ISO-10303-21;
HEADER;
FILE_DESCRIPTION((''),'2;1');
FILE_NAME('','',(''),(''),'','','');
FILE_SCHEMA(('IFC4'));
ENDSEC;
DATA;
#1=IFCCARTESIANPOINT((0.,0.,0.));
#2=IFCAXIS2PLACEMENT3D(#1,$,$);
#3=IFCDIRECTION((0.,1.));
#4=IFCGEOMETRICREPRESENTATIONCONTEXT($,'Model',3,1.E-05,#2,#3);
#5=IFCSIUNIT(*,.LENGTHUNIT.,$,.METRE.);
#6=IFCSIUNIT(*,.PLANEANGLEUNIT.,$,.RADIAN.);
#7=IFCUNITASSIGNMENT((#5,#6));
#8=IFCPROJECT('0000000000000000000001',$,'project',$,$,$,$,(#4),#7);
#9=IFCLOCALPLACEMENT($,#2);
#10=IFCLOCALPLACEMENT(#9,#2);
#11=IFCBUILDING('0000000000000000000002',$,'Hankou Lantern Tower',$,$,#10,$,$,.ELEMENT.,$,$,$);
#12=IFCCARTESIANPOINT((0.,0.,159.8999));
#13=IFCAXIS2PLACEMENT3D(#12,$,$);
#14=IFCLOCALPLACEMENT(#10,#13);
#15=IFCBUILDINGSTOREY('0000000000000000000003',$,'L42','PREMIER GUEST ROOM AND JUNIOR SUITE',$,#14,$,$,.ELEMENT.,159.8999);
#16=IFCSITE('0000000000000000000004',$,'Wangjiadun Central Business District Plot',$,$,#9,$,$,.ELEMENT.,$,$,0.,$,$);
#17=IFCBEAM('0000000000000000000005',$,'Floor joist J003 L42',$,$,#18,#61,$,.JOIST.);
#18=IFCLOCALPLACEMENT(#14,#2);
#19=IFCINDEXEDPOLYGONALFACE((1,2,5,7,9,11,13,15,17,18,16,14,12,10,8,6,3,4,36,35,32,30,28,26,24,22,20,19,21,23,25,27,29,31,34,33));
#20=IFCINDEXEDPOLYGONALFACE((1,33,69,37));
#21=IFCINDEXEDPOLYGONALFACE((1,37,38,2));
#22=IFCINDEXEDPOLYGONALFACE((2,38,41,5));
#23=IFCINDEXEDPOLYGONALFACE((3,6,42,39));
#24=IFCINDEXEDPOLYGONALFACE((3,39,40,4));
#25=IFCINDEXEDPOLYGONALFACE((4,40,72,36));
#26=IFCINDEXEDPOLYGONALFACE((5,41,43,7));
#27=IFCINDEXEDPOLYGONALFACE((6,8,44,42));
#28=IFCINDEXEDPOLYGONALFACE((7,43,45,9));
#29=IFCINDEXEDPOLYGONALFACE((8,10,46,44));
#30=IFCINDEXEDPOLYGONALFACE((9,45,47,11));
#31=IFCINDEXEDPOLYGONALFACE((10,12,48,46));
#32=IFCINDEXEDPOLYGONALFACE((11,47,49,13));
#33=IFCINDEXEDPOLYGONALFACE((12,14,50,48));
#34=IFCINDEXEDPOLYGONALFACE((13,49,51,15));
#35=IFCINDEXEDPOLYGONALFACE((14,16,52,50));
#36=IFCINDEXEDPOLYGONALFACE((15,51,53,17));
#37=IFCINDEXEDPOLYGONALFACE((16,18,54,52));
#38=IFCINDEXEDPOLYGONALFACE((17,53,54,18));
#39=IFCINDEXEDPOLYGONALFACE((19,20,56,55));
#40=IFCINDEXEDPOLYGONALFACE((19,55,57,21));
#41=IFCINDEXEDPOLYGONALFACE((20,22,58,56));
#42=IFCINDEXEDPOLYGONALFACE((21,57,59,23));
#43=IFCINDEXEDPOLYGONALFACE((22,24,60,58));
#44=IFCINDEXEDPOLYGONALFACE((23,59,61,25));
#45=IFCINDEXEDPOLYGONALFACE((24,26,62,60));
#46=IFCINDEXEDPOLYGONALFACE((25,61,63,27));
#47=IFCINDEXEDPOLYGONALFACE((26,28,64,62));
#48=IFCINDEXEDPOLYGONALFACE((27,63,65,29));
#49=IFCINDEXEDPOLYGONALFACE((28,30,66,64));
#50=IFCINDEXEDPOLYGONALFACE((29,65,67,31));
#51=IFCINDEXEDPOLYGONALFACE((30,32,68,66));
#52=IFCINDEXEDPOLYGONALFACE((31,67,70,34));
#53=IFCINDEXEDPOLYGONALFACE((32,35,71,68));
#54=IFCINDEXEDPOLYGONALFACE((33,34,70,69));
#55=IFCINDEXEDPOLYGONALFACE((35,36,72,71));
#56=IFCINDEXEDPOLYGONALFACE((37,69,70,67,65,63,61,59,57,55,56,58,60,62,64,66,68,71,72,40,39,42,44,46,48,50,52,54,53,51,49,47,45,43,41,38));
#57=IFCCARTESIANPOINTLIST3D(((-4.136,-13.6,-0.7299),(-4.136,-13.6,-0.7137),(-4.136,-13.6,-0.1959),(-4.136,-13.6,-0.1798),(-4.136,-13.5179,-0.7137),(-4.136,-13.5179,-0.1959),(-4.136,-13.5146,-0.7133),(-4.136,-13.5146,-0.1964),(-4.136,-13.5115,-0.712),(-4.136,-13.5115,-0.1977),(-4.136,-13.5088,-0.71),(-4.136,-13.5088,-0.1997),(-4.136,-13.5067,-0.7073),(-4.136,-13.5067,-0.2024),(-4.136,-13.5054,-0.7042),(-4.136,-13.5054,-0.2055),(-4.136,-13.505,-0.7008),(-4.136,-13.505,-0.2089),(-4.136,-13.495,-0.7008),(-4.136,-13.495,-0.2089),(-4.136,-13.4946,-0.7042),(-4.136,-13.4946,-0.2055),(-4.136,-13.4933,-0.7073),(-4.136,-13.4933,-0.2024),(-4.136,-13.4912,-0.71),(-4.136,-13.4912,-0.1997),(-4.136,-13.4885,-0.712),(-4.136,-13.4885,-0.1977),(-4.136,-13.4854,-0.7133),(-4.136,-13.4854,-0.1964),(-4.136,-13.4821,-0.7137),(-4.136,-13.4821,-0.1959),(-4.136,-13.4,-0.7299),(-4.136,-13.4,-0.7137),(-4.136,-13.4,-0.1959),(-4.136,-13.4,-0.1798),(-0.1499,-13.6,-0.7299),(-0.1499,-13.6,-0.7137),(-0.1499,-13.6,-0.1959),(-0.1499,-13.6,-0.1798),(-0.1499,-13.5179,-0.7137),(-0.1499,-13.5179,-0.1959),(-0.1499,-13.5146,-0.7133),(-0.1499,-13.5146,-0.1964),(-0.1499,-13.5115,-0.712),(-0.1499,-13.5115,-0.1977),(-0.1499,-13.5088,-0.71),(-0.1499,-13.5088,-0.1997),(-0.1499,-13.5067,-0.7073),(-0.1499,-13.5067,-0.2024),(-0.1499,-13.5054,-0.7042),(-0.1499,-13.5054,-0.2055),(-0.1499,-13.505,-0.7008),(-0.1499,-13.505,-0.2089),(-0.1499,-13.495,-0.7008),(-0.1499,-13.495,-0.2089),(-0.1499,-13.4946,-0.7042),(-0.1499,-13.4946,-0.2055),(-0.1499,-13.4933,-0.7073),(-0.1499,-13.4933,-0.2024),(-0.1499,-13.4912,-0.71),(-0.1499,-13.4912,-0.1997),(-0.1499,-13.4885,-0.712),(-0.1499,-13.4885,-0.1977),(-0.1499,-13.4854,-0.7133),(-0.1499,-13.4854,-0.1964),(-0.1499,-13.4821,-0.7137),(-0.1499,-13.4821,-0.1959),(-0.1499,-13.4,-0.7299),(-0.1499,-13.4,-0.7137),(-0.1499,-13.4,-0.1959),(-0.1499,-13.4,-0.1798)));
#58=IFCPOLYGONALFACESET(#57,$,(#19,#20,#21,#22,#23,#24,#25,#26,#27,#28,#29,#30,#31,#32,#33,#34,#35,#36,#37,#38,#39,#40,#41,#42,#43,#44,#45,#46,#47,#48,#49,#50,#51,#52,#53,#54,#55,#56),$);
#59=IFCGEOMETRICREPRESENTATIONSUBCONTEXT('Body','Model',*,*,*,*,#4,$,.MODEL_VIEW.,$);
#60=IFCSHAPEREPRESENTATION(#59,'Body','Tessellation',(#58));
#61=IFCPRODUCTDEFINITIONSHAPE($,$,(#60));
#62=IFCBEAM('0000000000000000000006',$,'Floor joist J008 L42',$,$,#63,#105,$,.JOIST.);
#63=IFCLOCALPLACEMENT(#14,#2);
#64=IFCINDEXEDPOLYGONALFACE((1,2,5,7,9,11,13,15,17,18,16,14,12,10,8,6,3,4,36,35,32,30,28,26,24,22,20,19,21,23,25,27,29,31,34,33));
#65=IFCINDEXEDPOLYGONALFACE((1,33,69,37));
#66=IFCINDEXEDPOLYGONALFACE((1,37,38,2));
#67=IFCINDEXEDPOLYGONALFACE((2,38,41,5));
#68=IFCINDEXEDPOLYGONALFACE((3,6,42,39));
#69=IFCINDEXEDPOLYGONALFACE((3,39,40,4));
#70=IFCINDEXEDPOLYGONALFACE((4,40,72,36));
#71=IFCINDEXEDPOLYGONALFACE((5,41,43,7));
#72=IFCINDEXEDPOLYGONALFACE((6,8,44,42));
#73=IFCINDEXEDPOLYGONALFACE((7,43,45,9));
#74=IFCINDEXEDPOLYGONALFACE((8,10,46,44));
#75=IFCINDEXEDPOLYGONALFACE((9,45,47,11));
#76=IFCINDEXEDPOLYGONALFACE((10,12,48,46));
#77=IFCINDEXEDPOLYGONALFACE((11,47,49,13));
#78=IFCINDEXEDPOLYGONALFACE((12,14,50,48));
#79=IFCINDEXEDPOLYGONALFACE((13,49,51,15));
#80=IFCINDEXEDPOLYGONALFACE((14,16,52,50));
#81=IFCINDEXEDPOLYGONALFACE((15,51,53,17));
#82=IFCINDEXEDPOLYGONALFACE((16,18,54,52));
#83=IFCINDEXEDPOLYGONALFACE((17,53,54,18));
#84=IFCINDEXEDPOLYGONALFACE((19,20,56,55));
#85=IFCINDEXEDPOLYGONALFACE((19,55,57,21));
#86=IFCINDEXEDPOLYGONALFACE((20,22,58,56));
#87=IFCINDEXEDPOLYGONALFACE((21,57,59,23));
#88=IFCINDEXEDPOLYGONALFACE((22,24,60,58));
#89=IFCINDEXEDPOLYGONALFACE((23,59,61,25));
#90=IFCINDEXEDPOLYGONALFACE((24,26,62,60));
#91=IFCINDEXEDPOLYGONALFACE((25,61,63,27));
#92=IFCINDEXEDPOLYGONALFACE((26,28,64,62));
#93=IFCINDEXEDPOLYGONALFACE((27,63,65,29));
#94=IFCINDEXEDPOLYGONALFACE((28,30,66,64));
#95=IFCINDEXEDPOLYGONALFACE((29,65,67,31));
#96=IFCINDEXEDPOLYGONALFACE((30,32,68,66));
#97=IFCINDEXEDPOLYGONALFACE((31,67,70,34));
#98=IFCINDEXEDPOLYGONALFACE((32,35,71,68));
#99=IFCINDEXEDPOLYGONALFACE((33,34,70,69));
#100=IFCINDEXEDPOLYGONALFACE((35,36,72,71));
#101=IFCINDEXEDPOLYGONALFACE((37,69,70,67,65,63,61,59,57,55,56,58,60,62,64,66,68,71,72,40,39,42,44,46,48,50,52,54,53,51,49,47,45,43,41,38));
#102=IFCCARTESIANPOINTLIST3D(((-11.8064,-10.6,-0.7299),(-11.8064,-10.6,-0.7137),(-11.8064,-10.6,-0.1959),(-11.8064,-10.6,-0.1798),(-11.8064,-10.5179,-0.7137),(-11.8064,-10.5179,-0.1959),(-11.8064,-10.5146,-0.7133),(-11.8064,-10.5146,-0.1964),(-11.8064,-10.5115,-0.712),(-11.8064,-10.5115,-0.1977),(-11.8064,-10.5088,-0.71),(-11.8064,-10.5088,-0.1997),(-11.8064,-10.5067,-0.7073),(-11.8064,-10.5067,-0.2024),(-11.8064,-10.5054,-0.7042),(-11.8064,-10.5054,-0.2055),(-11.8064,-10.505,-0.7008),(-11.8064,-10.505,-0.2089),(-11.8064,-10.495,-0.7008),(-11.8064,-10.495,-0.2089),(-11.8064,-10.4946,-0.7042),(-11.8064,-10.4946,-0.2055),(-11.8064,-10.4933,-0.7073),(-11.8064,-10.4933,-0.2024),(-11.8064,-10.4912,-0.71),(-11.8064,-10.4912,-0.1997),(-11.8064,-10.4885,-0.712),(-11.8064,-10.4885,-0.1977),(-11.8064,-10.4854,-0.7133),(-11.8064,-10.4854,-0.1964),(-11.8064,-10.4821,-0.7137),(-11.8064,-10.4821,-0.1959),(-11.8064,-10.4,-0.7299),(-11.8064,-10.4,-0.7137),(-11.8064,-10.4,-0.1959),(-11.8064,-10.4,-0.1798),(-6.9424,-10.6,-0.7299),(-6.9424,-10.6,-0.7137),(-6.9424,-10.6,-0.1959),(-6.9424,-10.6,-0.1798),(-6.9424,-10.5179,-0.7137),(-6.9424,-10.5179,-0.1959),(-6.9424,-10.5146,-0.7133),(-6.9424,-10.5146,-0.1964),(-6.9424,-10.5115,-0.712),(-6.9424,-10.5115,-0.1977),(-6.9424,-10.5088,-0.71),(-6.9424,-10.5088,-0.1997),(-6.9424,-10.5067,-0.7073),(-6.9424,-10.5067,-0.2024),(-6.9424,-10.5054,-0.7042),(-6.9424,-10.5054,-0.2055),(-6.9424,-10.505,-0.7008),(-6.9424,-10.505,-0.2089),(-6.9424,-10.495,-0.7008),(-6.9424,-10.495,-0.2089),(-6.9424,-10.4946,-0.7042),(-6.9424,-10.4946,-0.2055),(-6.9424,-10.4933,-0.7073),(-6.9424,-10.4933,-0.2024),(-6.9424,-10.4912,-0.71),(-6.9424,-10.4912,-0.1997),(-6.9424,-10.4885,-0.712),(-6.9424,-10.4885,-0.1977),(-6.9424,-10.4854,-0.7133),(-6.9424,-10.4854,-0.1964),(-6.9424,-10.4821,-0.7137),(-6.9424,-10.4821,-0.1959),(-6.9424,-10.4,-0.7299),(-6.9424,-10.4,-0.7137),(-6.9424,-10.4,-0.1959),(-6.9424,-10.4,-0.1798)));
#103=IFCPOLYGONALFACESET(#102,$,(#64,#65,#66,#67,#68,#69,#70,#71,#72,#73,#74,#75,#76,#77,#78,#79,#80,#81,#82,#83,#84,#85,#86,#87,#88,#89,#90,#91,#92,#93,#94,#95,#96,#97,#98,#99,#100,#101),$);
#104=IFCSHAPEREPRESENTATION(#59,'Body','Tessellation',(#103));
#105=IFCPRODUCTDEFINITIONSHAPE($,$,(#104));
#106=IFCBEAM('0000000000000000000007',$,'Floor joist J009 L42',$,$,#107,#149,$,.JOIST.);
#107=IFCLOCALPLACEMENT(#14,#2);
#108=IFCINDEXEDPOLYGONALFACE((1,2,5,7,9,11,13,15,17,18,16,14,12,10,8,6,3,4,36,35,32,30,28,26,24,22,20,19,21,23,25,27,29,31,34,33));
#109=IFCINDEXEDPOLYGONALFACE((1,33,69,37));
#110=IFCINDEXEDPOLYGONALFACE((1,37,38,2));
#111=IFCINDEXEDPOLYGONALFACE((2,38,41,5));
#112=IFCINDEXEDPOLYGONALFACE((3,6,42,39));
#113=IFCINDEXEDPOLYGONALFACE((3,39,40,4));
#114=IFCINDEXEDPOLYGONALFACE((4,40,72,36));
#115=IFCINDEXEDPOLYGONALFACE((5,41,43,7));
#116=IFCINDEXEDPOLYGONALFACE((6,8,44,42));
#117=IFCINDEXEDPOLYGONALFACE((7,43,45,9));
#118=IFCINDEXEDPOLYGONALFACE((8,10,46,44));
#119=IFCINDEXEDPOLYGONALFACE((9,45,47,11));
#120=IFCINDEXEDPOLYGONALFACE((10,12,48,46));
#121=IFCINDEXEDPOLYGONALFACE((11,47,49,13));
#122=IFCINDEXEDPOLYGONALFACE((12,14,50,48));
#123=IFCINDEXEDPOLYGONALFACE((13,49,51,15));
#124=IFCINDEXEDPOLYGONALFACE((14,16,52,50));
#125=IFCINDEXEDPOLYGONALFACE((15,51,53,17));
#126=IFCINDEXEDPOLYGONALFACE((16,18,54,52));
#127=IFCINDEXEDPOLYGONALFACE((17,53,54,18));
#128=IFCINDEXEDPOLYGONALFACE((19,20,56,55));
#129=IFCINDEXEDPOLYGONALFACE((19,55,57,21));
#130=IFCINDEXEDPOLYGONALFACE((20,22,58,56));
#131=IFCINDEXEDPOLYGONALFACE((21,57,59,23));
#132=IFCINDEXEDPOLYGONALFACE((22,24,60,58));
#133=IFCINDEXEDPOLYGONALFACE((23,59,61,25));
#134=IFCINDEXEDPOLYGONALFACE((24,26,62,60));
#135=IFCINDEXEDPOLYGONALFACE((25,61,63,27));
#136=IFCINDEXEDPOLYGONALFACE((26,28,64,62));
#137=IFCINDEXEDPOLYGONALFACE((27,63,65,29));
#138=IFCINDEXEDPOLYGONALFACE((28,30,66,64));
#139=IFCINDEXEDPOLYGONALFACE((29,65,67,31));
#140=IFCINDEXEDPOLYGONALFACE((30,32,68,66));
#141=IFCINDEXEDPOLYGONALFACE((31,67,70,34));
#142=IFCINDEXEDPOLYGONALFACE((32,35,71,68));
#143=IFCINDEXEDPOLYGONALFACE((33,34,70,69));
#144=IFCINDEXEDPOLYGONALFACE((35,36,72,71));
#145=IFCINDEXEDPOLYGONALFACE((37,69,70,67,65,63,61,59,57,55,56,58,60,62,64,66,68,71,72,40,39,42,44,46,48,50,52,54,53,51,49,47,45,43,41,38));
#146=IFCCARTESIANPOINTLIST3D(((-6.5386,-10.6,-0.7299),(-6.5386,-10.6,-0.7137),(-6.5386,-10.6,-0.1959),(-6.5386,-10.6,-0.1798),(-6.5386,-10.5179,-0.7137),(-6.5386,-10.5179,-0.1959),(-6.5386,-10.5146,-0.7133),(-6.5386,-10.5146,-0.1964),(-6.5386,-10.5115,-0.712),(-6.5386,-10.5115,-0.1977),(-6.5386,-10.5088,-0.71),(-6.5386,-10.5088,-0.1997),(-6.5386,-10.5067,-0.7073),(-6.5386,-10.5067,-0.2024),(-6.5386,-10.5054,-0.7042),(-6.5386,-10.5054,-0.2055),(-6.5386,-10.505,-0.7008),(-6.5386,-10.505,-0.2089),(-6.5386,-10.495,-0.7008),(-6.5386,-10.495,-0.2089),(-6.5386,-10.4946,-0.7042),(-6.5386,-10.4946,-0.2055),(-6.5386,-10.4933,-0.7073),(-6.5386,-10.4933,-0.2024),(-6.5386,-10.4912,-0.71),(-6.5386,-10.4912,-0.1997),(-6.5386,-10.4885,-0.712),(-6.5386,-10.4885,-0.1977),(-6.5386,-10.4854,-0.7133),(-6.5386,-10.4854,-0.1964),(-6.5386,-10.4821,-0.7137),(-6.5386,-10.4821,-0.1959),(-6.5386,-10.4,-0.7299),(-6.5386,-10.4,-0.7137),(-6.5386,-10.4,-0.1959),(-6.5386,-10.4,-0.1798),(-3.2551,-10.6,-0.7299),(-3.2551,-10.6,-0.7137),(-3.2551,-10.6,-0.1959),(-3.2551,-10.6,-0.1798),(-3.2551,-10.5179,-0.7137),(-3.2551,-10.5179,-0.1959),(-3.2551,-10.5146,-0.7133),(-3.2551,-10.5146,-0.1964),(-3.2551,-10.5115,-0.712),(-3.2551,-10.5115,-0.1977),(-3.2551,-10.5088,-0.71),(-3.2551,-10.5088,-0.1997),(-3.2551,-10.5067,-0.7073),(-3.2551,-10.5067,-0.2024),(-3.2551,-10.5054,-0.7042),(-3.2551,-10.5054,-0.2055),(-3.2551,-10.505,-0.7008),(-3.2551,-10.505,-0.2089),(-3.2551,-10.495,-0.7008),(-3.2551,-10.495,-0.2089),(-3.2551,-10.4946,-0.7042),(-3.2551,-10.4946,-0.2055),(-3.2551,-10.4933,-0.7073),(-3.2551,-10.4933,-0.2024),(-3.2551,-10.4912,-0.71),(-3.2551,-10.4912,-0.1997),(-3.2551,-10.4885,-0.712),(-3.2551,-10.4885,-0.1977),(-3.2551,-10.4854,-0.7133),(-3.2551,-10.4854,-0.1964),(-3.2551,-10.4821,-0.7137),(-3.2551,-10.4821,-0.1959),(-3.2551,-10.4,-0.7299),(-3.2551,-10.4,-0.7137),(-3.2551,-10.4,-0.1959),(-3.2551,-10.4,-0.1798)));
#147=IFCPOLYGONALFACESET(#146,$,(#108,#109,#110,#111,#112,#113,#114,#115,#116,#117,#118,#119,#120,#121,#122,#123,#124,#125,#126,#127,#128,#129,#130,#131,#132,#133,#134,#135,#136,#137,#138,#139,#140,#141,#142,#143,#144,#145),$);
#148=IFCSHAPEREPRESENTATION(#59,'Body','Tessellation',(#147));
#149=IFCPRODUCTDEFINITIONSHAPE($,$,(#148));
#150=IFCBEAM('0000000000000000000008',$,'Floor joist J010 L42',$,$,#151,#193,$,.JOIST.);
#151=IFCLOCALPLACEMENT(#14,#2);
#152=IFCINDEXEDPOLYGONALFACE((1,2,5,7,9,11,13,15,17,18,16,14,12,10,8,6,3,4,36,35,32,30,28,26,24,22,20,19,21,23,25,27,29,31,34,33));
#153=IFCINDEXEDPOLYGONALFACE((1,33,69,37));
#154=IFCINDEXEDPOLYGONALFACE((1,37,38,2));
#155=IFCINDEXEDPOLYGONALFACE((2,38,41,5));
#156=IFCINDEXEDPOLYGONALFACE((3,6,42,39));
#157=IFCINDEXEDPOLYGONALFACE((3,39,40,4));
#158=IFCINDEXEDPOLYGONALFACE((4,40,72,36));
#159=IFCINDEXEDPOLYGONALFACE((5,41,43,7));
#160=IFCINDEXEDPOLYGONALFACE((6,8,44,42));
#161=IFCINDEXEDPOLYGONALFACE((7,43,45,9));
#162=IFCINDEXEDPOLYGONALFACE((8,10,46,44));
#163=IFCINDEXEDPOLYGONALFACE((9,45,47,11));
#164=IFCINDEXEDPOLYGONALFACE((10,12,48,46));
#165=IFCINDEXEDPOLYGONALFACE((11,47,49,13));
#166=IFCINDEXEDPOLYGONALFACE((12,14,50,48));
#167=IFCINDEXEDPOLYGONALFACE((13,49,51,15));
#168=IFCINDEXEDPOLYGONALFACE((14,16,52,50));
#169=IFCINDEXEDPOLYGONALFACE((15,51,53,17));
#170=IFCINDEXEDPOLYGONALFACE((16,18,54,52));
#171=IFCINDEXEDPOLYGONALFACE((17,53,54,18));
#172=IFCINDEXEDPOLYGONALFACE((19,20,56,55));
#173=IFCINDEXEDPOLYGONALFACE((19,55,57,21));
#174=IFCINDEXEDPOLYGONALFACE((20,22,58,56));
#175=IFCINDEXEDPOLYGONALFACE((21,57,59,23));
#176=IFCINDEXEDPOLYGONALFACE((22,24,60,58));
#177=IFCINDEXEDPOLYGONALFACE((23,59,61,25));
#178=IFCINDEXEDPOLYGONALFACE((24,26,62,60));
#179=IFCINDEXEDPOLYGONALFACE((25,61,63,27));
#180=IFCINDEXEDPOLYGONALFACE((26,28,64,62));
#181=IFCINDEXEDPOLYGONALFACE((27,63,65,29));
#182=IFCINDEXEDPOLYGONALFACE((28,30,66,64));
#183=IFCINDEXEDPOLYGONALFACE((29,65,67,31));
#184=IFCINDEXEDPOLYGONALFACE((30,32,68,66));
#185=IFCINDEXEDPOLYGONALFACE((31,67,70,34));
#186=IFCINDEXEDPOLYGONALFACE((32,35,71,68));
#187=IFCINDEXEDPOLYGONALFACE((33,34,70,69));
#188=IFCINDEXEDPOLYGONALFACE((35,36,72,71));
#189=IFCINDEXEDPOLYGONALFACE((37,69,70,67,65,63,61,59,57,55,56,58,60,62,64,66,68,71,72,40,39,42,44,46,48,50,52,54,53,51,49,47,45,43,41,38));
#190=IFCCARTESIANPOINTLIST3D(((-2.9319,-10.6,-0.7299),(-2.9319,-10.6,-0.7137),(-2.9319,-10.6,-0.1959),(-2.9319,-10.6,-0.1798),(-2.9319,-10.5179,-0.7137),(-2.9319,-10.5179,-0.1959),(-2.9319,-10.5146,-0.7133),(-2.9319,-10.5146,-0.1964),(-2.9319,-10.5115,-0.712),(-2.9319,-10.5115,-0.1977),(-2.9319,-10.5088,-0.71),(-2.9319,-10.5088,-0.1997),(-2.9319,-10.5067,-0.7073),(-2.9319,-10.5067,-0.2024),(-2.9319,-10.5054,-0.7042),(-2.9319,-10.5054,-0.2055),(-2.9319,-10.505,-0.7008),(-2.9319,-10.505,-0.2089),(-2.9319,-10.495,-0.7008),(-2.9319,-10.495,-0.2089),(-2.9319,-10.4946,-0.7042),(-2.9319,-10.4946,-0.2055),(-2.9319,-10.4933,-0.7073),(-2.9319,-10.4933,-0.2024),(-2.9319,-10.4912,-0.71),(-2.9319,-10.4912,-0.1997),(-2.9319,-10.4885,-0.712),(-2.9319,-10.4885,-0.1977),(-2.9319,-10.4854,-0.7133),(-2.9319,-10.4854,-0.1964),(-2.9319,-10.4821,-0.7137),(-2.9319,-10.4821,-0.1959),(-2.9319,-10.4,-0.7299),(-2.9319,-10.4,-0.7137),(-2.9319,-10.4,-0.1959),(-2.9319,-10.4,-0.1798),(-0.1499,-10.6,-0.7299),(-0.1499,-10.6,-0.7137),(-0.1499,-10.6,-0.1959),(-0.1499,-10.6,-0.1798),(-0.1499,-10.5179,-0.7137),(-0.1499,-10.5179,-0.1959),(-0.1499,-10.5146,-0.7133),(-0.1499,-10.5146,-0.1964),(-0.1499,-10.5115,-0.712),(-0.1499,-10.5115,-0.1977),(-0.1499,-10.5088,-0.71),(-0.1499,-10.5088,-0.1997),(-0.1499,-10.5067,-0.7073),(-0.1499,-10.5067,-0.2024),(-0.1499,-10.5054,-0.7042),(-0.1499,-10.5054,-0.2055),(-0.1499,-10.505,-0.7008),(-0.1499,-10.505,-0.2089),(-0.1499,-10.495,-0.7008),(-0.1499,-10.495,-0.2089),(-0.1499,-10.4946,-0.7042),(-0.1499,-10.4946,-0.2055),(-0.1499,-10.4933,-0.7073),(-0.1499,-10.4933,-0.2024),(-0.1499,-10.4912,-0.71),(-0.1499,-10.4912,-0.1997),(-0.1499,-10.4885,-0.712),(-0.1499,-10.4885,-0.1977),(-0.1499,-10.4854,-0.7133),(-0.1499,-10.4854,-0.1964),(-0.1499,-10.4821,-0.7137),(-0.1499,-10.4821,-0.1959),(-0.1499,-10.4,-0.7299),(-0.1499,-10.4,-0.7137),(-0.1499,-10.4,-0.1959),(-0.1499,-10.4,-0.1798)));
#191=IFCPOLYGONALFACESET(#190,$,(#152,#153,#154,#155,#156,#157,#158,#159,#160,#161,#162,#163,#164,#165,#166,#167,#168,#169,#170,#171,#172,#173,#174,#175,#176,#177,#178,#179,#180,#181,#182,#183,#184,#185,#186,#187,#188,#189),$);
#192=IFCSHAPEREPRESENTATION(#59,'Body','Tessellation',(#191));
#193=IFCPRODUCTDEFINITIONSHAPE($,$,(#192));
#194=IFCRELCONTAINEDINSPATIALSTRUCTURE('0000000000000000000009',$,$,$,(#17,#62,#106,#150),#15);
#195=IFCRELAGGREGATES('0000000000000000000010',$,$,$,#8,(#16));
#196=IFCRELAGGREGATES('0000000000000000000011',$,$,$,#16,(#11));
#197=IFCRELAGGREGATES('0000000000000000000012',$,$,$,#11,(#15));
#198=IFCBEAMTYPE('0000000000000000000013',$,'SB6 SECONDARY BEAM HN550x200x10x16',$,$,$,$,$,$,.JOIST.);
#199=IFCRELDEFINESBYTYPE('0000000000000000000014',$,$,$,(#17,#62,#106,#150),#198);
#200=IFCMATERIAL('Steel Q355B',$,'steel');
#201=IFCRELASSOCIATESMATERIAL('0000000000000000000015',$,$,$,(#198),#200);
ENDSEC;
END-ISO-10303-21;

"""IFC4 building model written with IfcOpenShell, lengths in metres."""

from ifc_helpers import new_model, si_unit, direction, frame, origin, origin_2d, place, context, subcontext, project, spatial, i_section, extrude, material, material_profile, profile_set, type_object, element, save


model = new_model("IFC4")

# Units and contexts
model_context = context("Model", 3, precision=1e-05, world=origin(), true_north=direction((0.0, 1.0)))
body_context = subcontext(model_context, "Body", "Model", "MODEL_VIEW")
ifc_project = project(units=[si_unit("LENGTHUNIT", "METRE"), si_unit("PLANEANGLEUNIT", "RADIAN")], contexts=[model_context])

# Site, building, storey
site_placement = place(None, origin())
site = spatial("IfcSite", under=ifc_project, at=site_placement, Name="Wangjiadun Central Business District Plot", CompositionType="ELEMENT", RefElevation=0.0)
building_placement = place(site_placement, origin())
building = spatial("IfcBuilding", under=site, at=building_placement, Name="Hankou Lantern Tower", CompositionType="ELEMENT")
storey_placement = place(building_placement, frame((0.0, 0.0, 159.8999)))
storey = spatial("IfcBuildingStorey", under=building, at=storey_placement, Name="L42", Description="PREMIER GUEST ROOM AND JUNIOR SUITE", CompositionType="ELEMENT", Elevation=159.8999)

# Beams
ifc_material_1 = material(Name="Steel Q355B", Category="steel")
ifc_material_profile_1 = material_profile(ifc_material_1, i_section(OverallWidth=0.2, OverallDepth=0.55, WebThickness=0.01, FlangeThickness=0.0161, FilletRadius=0.0129, at=origin_2d()), Name="HN550x200x10x16")
ifc_profile_set_1 = profile_set([ifc_material_profile_1], Name="Steel Q355B")
beam_type_1 = type_object("IfcBeamType", Name="SB6 SECONDARY BEAM HN550x200x10x16", PredefinedType="JOIST", material=ifc_profile_set_1)
beam_1_placement = place(storey_placement, frame((-4.136, -13.5, -0.4548), z_axis=(1.0, 0.0, 0.0), x_axis=(0.0, 1.0, 0.0)))
element("IfcBeam", 1, at=beam_1_placement, inside=storey, type_object=beam_type_1, Name="Floor joist J003 L42", PredefinedType="JOIST", context=body_context, shape_type="SweptSolid", body=[
    extrude(i_section(OverallWidth=0.2, OverallDepth=0.55, WebThickness=0.01, FlangeThickness=0.0161, FilletRadius=0.0129, at=origin_2d()), origin(), (0.0, 0.0, 1.0), 3.9861),
])
beam_2_placement = place(storey_placement, frame((-11.8064, -10.5, -0.4548), z_axis=(1.0, 0.0, 0.0), x_axis=(0.0, 1.0, 0.0)))
element("IfcBeam", 2, at=beam_2_placement, inside=storey, type_object=beam_type_1, Name="Floor joist J008 L42", PredefinedType="JOIST", context=body_context, shape_type="SweptSolid", body=[
    extrude(i_section(OverallWidth=0.2, OverallDepth=0.55, WebThickness=0.01, FlangeThickness=0.0161, FilletRadius=0.0129, at=origin_2d()), origin(), (0.0, 0.0, 1.0), 4.864),
])
beam_3_placement = place(storey_placement, frame((-6.5386, -10.5, -0.4548), z_axis=(1.0, 0.0, 0.0), x_axis=(0.0, 1.0, 0.0)))
element("IfcBeam", 3, at=beam_3_placement, inside=storey, type_object=beam_type_1, Name="Floor joist J009 L42", PredefinedType="JOIST", context=body_context, shape_type="SweptSolid", body=[
    extrude(i_section(OverallWidth=0.2, OverallDepth=0.55, WebThickness=0.01, FlangeThickness=0.0161, FilletRadius=0.0129, at=origin_2d()), origin(), (0.0, 0.0, 1.0), 3.2834),
])
beam_4_placement = place(storey_placement, frame((-2.9319, -10.5, -0.4548), z_axis=(1.0, 0.0, 0.0), x_axis=(0.0, 1.0, 0.0)))
element("IfcBeam", 4, at=beam_4_placement, inside=storey, type_object=beam_type_1, Name="Floor joist J010 L42", PredefinedType="JOIST", context=body_context, shape_type="SweptSolid", body=[
    extrude(i_section(OverallWidth=0.2, OverallDepth=0.55, WebThickness=0.01, FlangeThickness=0.0161, FilletRadius=0.0129, at=origin_2d()), origin(), (0.0, 0.0, 1.0), 2.782),
])

save(model, "model.ifc")
